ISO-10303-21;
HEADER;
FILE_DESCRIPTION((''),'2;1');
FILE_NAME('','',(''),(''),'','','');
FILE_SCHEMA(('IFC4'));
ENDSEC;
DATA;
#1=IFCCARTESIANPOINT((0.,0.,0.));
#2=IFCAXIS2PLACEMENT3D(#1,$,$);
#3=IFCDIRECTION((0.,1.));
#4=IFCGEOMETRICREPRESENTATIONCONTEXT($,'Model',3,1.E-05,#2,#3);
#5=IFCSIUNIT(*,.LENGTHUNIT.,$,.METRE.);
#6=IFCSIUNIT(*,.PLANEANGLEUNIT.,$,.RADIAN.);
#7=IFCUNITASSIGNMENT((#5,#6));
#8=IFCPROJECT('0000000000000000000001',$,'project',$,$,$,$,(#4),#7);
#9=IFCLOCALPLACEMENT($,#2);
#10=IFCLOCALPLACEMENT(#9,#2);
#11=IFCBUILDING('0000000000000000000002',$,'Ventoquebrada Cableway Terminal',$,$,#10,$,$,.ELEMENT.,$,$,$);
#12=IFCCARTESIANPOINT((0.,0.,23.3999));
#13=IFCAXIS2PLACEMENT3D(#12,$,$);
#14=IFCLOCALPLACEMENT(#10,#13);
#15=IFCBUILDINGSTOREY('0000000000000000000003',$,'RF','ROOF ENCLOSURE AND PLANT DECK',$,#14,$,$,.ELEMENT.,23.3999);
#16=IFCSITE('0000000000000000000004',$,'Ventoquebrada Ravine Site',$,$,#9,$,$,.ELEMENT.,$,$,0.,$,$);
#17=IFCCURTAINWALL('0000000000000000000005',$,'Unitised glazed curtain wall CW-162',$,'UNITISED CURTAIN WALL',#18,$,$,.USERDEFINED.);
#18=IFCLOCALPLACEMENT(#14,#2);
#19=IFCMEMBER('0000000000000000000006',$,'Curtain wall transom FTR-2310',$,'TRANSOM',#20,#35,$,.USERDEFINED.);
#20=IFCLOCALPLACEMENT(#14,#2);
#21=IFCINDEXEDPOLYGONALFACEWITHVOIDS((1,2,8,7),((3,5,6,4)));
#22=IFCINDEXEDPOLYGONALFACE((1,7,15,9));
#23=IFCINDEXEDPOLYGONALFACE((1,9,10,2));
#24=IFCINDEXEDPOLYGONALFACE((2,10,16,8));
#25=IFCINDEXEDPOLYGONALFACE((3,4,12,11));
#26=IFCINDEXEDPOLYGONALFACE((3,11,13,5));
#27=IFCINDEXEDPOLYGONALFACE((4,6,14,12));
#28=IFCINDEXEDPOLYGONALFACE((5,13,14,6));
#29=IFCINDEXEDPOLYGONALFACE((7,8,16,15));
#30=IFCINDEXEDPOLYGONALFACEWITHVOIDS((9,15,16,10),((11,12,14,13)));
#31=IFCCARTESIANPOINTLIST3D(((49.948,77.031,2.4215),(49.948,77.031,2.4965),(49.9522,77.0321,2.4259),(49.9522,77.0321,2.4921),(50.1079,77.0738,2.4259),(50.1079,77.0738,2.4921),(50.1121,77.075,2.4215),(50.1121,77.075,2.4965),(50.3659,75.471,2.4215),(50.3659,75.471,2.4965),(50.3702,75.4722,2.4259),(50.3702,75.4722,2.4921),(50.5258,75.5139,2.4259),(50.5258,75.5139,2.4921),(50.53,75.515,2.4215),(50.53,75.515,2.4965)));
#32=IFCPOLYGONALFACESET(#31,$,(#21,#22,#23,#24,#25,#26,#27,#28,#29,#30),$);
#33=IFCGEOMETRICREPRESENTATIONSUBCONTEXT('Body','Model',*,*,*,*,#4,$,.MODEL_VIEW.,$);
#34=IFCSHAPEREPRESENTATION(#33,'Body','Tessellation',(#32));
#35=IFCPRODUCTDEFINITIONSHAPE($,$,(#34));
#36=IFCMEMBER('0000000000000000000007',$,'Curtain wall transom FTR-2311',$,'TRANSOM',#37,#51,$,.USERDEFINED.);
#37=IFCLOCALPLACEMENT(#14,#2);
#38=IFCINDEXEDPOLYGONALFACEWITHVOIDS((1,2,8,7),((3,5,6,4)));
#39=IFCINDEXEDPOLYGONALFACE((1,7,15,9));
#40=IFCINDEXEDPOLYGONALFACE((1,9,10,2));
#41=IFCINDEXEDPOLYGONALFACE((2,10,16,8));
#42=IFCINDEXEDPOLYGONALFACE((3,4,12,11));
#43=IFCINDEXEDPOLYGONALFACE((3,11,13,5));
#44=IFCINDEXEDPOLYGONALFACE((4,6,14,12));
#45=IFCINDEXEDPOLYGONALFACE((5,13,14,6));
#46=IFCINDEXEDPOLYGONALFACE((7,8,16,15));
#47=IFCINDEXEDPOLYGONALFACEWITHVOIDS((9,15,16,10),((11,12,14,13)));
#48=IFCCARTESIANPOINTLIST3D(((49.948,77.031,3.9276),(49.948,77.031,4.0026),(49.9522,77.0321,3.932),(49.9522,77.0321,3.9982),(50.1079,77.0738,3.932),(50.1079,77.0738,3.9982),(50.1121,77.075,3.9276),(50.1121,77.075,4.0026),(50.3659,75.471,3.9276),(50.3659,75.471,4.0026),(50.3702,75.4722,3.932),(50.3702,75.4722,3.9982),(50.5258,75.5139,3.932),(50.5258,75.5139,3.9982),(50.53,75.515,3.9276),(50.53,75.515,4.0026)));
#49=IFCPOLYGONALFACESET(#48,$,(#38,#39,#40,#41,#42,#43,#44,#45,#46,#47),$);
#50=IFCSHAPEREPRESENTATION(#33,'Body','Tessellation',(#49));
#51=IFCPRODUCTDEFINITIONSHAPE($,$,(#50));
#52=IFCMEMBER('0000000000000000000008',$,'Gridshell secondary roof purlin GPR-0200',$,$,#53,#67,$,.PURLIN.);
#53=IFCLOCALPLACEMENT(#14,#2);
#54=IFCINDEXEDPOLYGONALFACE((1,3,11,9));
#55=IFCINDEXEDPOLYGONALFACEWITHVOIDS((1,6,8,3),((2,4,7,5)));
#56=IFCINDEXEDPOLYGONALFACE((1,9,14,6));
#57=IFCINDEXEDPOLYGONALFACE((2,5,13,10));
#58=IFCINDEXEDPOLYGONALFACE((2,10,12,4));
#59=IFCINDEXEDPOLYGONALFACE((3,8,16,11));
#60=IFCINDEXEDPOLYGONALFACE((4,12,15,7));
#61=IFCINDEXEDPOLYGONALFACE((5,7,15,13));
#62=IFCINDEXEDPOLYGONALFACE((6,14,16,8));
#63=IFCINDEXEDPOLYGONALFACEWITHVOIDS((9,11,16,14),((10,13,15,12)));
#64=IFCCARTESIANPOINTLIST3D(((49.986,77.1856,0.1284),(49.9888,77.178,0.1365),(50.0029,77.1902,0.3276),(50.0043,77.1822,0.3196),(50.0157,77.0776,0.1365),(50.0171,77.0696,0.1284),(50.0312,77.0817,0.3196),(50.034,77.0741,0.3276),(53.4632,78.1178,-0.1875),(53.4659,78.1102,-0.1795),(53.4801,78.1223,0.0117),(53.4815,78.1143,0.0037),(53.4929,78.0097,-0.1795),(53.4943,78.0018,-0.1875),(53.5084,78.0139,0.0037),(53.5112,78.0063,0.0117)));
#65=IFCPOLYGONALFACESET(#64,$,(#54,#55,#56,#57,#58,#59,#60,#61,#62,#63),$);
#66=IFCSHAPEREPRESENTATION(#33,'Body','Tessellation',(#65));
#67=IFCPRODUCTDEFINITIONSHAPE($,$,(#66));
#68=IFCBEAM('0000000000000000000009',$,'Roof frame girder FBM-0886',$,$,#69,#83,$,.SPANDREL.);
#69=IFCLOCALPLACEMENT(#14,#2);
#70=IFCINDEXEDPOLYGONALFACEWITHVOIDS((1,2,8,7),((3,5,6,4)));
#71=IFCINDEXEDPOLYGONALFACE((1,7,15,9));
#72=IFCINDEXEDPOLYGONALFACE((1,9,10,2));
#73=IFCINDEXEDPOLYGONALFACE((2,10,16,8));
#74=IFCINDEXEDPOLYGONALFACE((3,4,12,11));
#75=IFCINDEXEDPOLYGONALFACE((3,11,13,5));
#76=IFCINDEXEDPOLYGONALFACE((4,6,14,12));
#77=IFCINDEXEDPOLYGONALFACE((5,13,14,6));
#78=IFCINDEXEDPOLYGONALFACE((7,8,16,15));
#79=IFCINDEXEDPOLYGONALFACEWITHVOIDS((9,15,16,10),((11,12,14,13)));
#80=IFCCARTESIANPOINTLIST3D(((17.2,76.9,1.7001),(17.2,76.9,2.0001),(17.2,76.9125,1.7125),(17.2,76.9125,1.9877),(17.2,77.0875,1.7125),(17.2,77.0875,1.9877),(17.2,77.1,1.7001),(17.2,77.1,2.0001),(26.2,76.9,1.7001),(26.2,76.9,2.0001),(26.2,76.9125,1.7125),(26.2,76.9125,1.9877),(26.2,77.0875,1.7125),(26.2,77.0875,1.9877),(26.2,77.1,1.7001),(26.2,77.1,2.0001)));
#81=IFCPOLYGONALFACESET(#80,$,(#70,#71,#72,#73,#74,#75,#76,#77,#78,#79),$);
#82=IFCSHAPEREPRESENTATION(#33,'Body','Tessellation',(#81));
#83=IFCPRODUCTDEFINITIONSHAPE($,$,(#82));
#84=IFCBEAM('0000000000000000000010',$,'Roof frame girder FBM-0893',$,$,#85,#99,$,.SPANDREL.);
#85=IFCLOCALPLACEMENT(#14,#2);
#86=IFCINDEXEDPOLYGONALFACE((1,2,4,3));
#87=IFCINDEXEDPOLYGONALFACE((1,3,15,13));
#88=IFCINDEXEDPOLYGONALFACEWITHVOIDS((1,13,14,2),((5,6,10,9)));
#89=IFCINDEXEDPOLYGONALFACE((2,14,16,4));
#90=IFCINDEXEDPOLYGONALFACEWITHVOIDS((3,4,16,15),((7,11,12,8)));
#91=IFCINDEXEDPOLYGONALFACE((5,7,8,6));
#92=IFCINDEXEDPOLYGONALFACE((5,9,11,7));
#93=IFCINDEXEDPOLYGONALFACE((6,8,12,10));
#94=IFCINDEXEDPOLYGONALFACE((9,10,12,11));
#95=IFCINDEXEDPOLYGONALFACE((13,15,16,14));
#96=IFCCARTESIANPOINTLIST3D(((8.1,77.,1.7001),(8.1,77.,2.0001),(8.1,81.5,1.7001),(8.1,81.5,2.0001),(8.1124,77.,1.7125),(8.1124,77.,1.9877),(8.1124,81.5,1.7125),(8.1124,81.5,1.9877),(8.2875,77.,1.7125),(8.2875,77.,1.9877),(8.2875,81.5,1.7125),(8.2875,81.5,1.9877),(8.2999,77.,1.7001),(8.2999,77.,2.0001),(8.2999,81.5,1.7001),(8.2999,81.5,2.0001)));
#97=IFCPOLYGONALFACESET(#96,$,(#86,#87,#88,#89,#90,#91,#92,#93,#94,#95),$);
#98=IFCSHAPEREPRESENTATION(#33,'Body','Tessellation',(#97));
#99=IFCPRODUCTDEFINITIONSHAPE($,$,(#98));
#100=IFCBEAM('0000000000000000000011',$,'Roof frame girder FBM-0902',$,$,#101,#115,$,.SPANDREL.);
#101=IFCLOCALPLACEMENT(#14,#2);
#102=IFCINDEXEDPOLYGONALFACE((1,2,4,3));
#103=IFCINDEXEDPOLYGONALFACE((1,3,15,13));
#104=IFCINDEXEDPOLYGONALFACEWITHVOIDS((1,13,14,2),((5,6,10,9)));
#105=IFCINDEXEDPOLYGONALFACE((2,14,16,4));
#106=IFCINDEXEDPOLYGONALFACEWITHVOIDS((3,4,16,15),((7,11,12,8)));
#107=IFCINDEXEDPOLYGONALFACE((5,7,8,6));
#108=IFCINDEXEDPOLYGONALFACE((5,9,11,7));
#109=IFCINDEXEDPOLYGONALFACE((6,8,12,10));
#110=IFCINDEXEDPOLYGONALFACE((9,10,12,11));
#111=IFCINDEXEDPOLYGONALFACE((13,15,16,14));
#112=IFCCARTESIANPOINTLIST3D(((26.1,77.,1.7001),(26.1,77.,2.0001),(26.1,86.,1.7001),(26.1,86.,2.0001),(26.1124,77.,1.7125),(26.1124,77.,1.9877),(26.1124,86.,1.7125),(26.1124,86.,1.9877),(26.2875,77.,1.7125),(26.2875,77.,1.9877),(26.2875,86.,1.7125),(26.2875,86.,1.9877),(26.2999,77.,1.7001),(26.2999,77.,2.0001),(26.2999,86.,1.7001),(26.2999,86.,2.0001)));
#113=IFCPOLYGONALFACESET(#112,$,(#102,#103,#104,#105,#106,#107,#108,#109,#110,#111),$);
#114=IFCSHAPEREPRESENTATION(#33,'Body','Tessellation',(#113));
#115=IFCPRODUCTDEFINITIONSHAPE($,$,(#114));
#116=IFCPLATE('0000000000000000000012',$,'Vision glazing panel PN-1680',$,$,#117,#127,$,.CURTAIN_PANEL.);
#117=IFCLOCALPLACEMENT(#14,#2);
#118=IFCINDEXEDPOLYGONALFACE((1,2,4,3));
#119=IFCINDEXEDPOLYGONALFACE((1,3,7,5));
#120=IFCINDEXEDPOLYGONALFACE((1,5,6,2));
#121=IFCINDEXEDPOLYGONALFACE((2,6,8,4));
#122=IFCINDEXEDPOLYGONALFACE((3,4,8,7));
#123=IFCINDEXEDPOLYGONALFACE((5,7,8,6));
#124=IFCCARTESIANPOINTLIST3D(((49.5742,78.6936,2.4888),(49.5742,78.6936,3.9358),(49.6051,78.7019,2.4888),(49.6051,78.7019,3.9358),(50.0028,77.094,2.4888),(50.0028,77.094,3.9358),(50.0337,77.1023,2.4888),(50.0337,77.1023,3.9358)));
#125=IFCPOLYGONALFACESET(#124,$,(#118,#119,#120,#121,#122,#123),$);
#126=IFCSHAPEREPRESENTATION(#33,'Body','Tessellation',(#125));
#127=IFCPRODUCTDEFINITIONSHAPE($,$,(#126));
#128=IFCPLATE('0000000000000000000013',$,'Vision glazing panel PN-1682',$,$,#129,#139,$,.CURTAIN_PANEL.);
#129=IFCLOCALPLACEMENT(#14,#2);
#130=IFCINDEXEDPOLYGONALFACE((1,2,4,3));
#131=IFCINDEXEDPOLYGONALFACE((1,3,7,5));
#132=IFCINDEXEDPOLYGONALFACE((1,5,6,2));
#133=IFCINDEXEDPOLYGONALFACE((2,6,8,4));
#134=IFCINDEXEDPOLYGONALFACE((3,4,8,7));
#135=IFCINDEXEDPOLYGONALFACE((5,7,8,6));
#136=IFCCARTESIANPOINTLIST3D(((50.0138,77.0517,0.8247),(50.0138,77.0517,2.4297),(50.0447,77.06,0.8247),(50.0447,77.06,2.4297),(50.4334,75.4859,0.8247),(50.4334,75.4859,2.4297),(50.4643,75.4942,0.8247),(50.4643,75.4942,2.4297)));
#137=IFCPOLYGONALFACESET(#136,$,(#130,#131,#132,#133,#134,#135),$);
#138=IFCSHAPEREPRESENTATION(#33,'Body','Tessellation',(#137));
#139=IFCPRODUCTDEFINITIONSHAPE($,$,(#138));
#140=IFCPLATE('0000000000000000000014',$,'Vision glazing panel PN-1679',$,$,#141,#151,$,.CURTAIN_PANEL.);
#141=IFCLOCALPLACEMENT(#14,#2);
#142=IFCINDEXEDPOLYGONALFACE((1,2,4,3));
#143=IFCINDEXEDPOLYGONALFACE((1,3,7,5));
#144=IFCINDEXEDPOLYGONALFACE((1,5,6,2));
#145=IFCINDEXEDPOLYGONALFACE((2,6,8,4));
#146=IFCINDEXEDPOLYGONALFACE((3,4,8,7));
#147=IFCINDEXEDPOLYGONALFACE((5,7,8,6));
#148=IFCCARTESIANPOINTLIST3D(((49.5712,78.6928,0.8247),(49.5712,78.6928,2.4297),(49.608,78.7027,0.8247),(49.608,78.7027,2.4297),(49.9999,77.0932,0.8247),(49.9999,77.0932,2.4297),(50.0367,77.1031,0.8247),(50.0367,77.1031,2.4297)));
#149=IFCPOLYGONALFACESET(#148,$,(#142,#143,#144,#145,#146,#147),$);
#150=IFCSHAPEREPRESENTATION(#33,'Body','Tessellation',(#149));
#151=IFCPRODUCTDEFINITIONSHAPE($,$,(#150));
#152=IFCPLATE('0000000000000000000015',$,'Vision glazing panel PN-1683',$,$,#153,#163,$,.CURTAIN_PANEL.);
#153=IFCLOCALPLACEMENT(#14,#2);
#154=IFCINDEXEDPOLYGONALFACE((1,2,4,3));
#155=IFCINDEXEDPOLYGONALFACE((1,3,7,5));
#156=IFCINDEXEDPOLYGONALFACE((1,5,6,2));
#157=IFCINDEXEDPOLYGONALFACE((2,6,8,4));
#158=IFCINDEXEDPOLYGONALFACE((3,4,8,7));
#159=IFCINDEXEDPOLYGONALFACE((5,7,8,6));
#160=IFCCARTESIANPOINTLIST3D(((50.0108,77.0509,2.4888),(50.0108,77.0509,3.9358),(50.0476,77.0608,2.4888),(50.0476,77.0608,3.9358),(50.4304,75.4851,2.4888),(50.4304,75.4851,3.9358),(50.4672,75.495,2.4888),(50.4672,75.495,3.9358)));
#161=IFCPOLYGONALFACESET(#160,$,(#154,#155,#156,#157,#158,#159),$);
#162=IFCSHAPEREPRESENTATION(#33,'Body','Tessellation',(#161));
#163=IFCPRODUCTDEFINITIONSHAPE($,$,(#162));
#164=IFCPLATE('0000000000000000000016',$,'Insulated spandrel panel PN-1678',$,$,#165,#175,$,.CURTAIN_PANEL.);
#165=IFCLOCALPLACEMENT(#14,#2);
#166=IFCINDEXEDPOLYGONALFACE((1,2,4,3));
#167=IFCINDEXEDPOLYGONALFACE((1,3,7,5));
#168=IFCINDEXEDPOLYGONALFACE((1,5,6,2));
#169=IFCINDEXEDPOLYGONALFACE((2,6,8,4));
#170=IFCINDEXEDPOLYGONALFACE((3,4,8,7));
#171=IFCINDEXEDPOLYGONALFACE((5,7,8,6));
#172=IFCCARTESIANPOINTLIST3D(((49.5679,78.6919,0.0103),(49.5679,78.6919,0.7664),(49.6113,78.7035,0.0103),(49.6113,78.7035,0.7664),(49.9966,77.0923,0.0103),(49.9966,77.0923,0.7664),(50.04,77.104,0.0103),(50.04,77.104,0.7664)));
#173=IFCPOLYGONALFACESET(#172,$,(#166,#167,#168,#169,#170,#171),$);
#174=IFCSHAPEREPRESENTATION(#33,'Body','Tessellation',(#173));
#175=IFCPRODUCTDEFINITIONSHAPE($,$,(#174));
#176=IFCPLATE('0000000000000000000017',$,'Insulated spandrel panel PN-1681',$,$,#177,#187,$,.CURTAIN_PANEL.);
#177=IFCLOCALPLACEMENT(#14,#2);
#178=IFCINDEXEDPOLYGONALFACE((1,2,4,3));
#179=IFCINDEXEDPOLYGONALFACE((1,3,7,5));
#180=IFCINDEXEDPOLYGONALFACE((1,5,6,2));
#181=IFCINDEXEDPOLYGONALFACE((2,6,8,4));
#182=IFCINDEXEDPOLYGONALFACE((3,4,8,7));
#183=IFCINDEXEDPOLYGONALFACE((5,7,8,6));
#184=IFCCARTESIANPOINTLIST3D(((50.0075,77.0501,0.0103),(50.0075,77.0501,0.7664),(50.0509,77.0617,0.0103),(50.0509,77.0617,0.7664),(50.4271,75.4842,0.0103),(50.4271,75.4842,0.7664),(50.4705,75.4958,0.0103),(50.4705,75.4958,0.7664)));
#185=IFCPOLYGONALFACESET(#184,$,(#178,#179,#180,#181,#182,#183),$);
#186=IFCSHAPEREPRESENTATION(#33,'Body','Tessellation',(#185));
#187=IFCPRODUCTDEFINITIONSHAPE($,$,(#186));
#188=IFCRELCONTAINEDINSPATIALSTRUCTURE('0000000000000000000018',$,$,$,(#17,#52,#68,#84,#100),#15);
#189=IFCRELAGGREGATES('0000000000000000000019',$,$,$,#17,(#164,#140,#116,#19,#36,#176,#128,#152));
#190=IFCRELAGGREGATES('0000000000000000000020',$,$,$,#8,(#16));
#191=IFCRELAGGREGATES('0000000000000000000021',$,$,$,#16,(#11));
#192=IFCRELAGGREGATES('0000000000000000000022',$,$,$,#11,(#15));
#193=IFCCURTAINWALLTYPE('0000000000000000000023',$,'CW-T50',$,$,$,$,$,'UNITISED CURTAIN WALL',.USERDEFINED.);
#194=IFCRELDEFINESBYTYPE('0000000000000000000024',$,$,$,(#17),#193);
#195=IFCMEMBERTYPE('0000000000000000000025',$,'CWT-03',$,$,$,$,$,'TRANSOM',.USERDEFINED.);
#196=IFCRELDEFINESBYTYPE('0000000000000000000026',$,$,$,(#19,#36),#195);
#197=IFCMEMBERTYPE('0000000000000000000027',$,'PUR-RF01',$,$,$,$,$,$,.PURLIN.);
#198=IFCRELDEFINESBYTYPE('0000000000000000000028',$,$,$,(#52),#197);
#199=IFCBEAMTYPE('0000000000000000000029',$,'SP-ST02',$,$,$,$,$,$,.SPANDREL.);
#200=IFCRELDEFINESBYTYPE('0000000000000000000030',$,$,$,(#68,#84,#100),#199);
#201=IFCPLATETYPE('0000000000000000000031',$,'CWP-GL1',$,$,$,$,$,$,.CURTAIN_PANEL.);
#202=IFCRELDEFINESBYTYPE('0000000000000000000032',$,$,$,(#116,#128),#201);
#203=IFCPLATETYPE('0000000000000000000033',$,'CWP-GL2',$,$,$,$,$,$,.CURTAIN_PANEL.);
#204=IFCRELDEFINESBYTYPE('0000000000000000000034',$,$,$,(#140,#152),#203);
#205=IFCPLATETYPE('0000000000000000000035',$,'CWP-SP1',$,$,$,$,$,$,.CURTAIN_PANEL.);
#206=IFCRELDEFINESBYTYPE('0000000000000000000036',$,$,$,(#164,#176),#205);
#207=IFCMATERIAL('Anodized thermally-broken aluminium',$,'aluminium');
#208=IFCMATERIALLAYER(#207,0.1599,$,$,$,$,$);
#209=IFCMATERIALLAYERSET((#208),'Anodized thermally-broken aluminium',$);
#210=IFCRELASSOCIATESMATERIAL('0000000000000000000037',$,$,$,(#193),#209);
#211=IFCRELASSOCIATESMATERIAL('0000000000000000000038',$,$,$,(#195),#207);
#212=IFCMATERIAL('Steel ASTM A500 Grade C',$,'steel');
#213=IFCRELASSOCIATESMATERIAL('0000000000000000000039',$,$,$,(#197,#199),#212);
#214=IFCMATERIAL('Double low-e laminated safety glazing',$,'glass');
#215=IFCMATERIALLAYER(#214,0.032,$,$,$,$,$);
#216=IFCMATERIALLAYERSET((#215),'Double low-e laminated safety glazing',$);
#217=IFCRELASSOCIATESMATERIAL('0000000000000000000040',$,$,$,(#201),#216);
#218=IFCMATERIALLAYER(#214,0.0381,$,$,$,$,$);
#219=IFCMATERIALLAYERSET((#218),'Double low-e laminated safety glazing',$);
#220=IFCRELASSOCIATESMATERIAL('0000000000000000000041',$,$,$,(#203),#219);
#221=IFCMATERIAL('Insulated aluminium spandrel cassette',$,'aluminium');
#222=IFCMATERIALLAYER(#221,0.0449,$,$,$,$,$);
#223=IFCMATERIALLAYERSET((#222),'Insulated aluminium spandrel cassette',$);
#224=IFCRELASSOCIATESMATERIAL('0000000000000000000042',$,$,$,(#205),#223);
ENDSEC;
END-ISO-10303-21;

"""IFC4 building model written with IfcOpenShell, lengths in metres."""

from ifc_helpers import new_model, si_unit, direction, frame, origin, origin_2d, place, context, subcontext, project, spatial, rectangle, hollow_rectangle, extrude, material, layer, layer_set, material_profile, profile_set, type_object, element, aggregate, save


model = new_model("IFC4")

# Units and contexts
model_context = context("Model", 3, precision=1e-05, world=origin(), true_north=direction((0.0, 1.0)))
body_context = subcontext(model_context, "Body", "Model", "MODEL_VIEW")
ifc_project = project(units=[si_unit("LENGTHUNIT", "METRE"), si_unit("PLANEANGLEUNIT", "RADIAN")], contexts=[model_context])

# Site, building, storey
site_placement = place(None, origin())
site = spatial("IfcSite", under=ifc_project, at=site_placement, Name="Ventoquebrada Ravine Site", CompositionType="ELEMENT", RefElevation=0.0)
building_placement = place(site_placement, origin())
building = spatial("IfcBuilding", under=site, at=building_placement, Name="Ventoquebrada Cableway Terminal", CompositionType="ELEMENT")
storey_placement = place(building_placement, frame((0.0, 0.0, 23.3999)))
storey = spatial("IfcBuildingStorey", under=building, at=storey_placement, Name="RF", Description="ROOF ENCLOSURE AND PLANT DECK", CompositionType="ELEMENT", Elevation=23.3999)

# Curtain wall, members
ifc_material_1 = material(Name="Anodized thermally-broken aluminium", Category="aluminium")
ifc_layer_1 = layer(ifc_material_1, 0.1599)
ifc_layer_set_1 = layer_set([ifc_layer_1], Name="Anodized thermally-broken aluminium")
curtain_wall_type = type_object("IfcCurtainWallType", Name="CW-T50", ElementType="UNITISED CURTAIN WALL", PredefinedType="USERDEFINED", material=ifc_layer_set_1)
curtain_wall_placement = place(storey_placement, origin())
curtain_wall = element("IfcCurtainWall", 1, at=curtain_wall_placement, inside=storey, type_object=curtain_wall_type, Name="Unitised glazed curtain wall CW-162", ObjectType="UNITISED CURTAIN WALL", PredefinedType="USERDEFINED")
ifc_material_profile_1 = material_profile(ifc_material_1, hollow_rectangle(XDim=0.075, YDim=0.1699, WallThickness=0.0044, at=origin_2d()), Name="CW-TRN-75X170")
ifc_profile_set_1 = profile_set([ifc_material_profile_1], Name="Anodized thermally-broken aluminium")
member_type_1 = type_object("IfcMemberType", Name="CWT-03", ElementType="TRANSOM", PredefinedType="USERDEFINED", material=ifc_profile_set_1)
member_1_placement = place(storey_placement, frame((50.03, 77.053, 2.459), z_axis=(0.258791, -0.965933, 0.0), x_axis=(0.0, 0.0, 1.0)))
member_1 = element("IfcMember", 2, at=member_1_placement, type_object=member_type_1, Name="Curtain wall transom FTR-2310", ObjectType="TRANSOM", PredefinedType="USERDEFINED", context=body_context, shape_type="SweptSolid", body=[
    extrude(hollow_rectangle(XDim=0.075, YDim=0.1699, WallThickness=0.0044, at=origin_2d()), origin(), (0.0, 0.0, 1.0), 1.615),
])
member_2_placement = place(storey_placement, frame((50.03, 77.053, 3.9651), z_axis=(0.258791, -0.965933, 0.0), x_axis=(0.0, 0.0, 1.0)))
member_2 = element("IfcMember", 3, at=member_2_placement, type_object=member_type_1, Name="Curtain wall transom FTR-2311", ObjectType="TRANSOM", PredefinedType="USERDEFINED", context=body_context, shape_type="SweptSolid", body=[
    extrude(hollow_rectangle(XDim=0.075, YDim=0.1699, WallThickness=0.0044, at=origin_2d()), origin(), (0.0, 0.0, 1.0), 1.615),
])

# Member
ifc_material_2 = material(Name="Steel ASTM A500 Grade C", Category="steel")
ifc_material_profile_2 = material_profile(ifc_material_2, hollow_rectangle(XDim=0.1201, YDim=0.2, WallThickness=0.0081, at=origin_2d()), Name="RHS200X120X8")
ifc_profile_set_2 = profile_set([ifc_material_profile_2], Name="Steel ASTM A500 Grade C")
member_type_2 = type_object("IfcMemberType", Name="PUR-RF01", PredefinedType="PURLIN", material=ifc_profile_set_2)
member_3_placement = place(storey_placement, frame((50.01, 77.1299, 0.228), z_axis=(0.962196, 0.257946, -0.087423), x_axis=(-0.258937, 0.965894, 0.0)))
element("IfcMember", 4, at=member_3_placement, inside=storey, type_object=member_type_2, Name="Gridshell secondary roof purlin GPR-0200", PredefinedType="PURLIN", context=body_context, shape_type="SweptSolid", body=[
    extrude(hollow_rectangle(XDim=0.1201, YDim=0.2, WallThickness=0.0081, at=origin_2d()), origin(), (0.0, 0.0, 1.0), 3.6138),
])

# Beams
ifc_material_profile_3 = material_profile(ifc_material_2, hollow_rectangle(XDim=0.2, YDim=0.3, WallThickness=0.0125, at=origin_2d()), Name="RHS300X200X12.5")
ifc_profile_set_3 = profile_set([ifc_material_profile_3], Name="Steel ASTM A500 Grade C")
beam_type_1 = type_object("IfcBeamType", Name="SP-ST02", PredefinedType="SPANDREL", material=ifc_profile_set_3)
beam_1_placement = place(storey_placement, frame((17.2, 77.0, 1.8501), z_axis=(1.0, 0.0, 0.0), x_axis=(0.0, 1.0, 0.0)))
element("IfcBeam", 5, at=beam_1_placement, inside=storey, type_object=beam_type_1, Name="Roof frame girder FBM-0886", PredefinedType="SPANDREL", context=body_context, shape_type="SweptSolid", body=[
    extrude(hollow_rectangle(XDim=0.2, YDim=0.3, WallThickness=0.0125, at=origin_2d()), origin(), (0.0, 0.0, 1.0), 9.0),
])
beam_2_placement = place(storey_placement, frame((8.2, 77.0, 1.8501), z_axis=(0.0, 1.0, 0.0), x_axis=(-1.0, 0.0, 0.0)))
element("IfcBeam", 6, at=beam_2_placement, inside=storey, type_object=beam_type_1, Name="Roof frame girder FBM-0893", PredefinedType="SPANDREL", context=body_context, shape_type="SweptSolid", body=[
    extrude(hollow_rectangle(XDim=0.2, YDim=0.3, WallThickness=0.0125, at=origin_2d()), origin(), (0.0, 0.0, 1.0), 4.5),
])
beam_3_placement = place(storey_placement, frame((26.2, 77.0, 1.8501), z_axis=(0.0, 1.0, 0.0), x_axis=(-1.0, 0.0, 0.0)))
element("IfcBeam", 7, at=beam_3_placement, inside=storey, type_object=beam_type_1, Name="Roof frame girder FBM-0902", PredefinedType="SPANDREL", context=body_context, shape_type="SweptSolid", body=[
    extrude(hollow_rectangle(XDim=0.2, YDim=0.3, WallThickness=0.0125, at=origin_2d()), origin(), (0.0, 0.0, 1.0), 9.0),
])

# Plates
ifc_material_3 = material(Name="Double low-e laminated safety glazing", Category="glass")
ifc_layer_2 = layer(ifc_material_3, 0.032)
ifc_layer_set_2 = layer_set([ifc_layer_2], Name="Double low-e laminated safety glazing")
plate_type_1 = type_object("IfcPlateType", Name="CWP-GL1", PredefinedType="CURTAIN_PANEL", material=ifc_layer_set_2)
plate_1_placement = place(storey_placement, frame((49.804, 77.8979, 2.4888), z_axis=(0.0, 0.0, 1.0), x_axis=(0.258836, -0.965921, 0.0)))
plate_1 = element("IfcPlate", 8, at=plate_1_placement, type_object=plate_type_1, Name="Vision glazing panel PN-1680", PredefinedType="CURTAIN_PANEL", context=body_context, shape_type="SweptSolid", body=[
    extrude(rectangle(XDim=1.656, YDim=0.032, at=origin_2d()), origin(), (0.0, 0.0, 1.0), 1.447),
])
plate_2_placement = place(storey_placement, frame((50.239, 76.2729, 0.8247), z_axis=(0.0, 0.0, 1.0), x_axis=(0.258836, -0.965921, 0.0)))
plate_2 = element("IfcPlate", 9, at=plate_2_placement, type_object=plate_type_1, Name="Vision glazing panel PN-1682", PredefinedType="CURTAIN_PANEL", context=body_context, shape_type="SweptSolid", body=[
    extrude(rectangle(XDim=1.6211, YDim=0.032, at=origin_2d()), origin(), (0.0, 0.0, 1.0), 1.605),
])
ifc_layer_3 = layer(ifc_material_3, 0.0381)
ifc_layer_set_3 = layer_set([ifc_layer_3], Name="Double low-e laminated safety glazing")
plate_type_2 = type_object("IfcPlateType", Name="CWP-GL2", PredefinedType="CURTAIN_PANEL", material=ifc_layer_set_3)
plate_3_placement = place(storey_placement, frame((49.804, 77.8979, 0.8247), z_axis=(0.0, 0.0, 1.0), x_axis=(0.258836, -0.965921, 0.0)))
plate_3 = element("IfcPlate", 10, at=plate_3_placement, type_object=plate_type_2, Name="Vision glazing panel PN-1679", PredefinedType="CURTAIN_PANEL", context=body_context, shape_type="SweptSolid", body=[
    extrude(rectangle(XDim=1.656, YDim=0.0381, at=origin_2d()), origin(), (0.0, 0.0, 1.0), 1.605),
])
plate_4_placement = place(storey_placement, frame((50.239, 76.2729, 2.4888), z_axis=(0.0, 0.0, 1.0), x_axis=(0.258836, -0.965921, 0.0)))
plate_4 = element("IfcPlate", 11, at=plate_4_placement, type_object=plate_type_2, Name="Vision glazing panel PN-1683", PredefinedType="CURTAIN_PANEL", context=body_context, shape_type="SweptSolid", body=[
    extrude(rectangle(XDim=1.6211, YDim=0.0381, at=origin_2d()), origin(), (0.0, 0.0, 1.0), 1.447),
])
ifc_material_4 = material(Name="Insulated aluminium spandrel cassette", Category="aluminium")
ifc_layer_4 = layer(ifc_material_4, 0.0449)
ifc_layer_set_4 = layer_set([ifc_layer_4], Name="Insulated aluminium spandrel cassette")
plate_type_3 = type_object("IfcPlateType", Name="CWP-SP1", PredefinedType="CURTAIN_PANEL", material=ifc_layer_set_4)
plate_5_placement = place(storey_placement, frame((49.804, 77.8979, 0.0103), z_axis=(0.0, 0.0, 1.0), x_axis=(0.258836, -0.965921, 0.0)))
plate_5 = element("IfcPlate", 12, at=plate_5_placement, type_object=plate_type_3, Name="Insulated spandrel panel PN-1678", PredefinedType="CURTAIN_PANEL", context=body_context, shape_type="SweptSolid", body=[
    extrude(rectangle(XDim=1.656, YDim=0.0449, at=origin_2d()), origin(), (0.0, 0.0, 1.0), 0.7561),
])
plate_6_placement = place(storey_placement, frame((50.239, 76.2729, 0.0103), z_axis=(0.0, 0.0, 1.0), x_axis=(0.258836, -0.965921, 0.0)))
plate_6 = element("IfcPlate", 13, at=plate_6_placement, type_object=plate_type_3, Name="Insulated spandrel panel PN-1681", PredefinedType="CURTAIN_PANEL", context=body_context, shape_type="SweptSolid", body=[
    extrude(rectangle(XDim=1.6211, YDim=0.0449, at=origin_2d()), origin(), (0.0, 0.0, 1.0), 0.7561),
])
aggregate(curtain_wall, [plate_5, plate_3, plate_1, member_1, member_2, plate_6, plate_2, plate_4])

save(model, "model.ifc")
